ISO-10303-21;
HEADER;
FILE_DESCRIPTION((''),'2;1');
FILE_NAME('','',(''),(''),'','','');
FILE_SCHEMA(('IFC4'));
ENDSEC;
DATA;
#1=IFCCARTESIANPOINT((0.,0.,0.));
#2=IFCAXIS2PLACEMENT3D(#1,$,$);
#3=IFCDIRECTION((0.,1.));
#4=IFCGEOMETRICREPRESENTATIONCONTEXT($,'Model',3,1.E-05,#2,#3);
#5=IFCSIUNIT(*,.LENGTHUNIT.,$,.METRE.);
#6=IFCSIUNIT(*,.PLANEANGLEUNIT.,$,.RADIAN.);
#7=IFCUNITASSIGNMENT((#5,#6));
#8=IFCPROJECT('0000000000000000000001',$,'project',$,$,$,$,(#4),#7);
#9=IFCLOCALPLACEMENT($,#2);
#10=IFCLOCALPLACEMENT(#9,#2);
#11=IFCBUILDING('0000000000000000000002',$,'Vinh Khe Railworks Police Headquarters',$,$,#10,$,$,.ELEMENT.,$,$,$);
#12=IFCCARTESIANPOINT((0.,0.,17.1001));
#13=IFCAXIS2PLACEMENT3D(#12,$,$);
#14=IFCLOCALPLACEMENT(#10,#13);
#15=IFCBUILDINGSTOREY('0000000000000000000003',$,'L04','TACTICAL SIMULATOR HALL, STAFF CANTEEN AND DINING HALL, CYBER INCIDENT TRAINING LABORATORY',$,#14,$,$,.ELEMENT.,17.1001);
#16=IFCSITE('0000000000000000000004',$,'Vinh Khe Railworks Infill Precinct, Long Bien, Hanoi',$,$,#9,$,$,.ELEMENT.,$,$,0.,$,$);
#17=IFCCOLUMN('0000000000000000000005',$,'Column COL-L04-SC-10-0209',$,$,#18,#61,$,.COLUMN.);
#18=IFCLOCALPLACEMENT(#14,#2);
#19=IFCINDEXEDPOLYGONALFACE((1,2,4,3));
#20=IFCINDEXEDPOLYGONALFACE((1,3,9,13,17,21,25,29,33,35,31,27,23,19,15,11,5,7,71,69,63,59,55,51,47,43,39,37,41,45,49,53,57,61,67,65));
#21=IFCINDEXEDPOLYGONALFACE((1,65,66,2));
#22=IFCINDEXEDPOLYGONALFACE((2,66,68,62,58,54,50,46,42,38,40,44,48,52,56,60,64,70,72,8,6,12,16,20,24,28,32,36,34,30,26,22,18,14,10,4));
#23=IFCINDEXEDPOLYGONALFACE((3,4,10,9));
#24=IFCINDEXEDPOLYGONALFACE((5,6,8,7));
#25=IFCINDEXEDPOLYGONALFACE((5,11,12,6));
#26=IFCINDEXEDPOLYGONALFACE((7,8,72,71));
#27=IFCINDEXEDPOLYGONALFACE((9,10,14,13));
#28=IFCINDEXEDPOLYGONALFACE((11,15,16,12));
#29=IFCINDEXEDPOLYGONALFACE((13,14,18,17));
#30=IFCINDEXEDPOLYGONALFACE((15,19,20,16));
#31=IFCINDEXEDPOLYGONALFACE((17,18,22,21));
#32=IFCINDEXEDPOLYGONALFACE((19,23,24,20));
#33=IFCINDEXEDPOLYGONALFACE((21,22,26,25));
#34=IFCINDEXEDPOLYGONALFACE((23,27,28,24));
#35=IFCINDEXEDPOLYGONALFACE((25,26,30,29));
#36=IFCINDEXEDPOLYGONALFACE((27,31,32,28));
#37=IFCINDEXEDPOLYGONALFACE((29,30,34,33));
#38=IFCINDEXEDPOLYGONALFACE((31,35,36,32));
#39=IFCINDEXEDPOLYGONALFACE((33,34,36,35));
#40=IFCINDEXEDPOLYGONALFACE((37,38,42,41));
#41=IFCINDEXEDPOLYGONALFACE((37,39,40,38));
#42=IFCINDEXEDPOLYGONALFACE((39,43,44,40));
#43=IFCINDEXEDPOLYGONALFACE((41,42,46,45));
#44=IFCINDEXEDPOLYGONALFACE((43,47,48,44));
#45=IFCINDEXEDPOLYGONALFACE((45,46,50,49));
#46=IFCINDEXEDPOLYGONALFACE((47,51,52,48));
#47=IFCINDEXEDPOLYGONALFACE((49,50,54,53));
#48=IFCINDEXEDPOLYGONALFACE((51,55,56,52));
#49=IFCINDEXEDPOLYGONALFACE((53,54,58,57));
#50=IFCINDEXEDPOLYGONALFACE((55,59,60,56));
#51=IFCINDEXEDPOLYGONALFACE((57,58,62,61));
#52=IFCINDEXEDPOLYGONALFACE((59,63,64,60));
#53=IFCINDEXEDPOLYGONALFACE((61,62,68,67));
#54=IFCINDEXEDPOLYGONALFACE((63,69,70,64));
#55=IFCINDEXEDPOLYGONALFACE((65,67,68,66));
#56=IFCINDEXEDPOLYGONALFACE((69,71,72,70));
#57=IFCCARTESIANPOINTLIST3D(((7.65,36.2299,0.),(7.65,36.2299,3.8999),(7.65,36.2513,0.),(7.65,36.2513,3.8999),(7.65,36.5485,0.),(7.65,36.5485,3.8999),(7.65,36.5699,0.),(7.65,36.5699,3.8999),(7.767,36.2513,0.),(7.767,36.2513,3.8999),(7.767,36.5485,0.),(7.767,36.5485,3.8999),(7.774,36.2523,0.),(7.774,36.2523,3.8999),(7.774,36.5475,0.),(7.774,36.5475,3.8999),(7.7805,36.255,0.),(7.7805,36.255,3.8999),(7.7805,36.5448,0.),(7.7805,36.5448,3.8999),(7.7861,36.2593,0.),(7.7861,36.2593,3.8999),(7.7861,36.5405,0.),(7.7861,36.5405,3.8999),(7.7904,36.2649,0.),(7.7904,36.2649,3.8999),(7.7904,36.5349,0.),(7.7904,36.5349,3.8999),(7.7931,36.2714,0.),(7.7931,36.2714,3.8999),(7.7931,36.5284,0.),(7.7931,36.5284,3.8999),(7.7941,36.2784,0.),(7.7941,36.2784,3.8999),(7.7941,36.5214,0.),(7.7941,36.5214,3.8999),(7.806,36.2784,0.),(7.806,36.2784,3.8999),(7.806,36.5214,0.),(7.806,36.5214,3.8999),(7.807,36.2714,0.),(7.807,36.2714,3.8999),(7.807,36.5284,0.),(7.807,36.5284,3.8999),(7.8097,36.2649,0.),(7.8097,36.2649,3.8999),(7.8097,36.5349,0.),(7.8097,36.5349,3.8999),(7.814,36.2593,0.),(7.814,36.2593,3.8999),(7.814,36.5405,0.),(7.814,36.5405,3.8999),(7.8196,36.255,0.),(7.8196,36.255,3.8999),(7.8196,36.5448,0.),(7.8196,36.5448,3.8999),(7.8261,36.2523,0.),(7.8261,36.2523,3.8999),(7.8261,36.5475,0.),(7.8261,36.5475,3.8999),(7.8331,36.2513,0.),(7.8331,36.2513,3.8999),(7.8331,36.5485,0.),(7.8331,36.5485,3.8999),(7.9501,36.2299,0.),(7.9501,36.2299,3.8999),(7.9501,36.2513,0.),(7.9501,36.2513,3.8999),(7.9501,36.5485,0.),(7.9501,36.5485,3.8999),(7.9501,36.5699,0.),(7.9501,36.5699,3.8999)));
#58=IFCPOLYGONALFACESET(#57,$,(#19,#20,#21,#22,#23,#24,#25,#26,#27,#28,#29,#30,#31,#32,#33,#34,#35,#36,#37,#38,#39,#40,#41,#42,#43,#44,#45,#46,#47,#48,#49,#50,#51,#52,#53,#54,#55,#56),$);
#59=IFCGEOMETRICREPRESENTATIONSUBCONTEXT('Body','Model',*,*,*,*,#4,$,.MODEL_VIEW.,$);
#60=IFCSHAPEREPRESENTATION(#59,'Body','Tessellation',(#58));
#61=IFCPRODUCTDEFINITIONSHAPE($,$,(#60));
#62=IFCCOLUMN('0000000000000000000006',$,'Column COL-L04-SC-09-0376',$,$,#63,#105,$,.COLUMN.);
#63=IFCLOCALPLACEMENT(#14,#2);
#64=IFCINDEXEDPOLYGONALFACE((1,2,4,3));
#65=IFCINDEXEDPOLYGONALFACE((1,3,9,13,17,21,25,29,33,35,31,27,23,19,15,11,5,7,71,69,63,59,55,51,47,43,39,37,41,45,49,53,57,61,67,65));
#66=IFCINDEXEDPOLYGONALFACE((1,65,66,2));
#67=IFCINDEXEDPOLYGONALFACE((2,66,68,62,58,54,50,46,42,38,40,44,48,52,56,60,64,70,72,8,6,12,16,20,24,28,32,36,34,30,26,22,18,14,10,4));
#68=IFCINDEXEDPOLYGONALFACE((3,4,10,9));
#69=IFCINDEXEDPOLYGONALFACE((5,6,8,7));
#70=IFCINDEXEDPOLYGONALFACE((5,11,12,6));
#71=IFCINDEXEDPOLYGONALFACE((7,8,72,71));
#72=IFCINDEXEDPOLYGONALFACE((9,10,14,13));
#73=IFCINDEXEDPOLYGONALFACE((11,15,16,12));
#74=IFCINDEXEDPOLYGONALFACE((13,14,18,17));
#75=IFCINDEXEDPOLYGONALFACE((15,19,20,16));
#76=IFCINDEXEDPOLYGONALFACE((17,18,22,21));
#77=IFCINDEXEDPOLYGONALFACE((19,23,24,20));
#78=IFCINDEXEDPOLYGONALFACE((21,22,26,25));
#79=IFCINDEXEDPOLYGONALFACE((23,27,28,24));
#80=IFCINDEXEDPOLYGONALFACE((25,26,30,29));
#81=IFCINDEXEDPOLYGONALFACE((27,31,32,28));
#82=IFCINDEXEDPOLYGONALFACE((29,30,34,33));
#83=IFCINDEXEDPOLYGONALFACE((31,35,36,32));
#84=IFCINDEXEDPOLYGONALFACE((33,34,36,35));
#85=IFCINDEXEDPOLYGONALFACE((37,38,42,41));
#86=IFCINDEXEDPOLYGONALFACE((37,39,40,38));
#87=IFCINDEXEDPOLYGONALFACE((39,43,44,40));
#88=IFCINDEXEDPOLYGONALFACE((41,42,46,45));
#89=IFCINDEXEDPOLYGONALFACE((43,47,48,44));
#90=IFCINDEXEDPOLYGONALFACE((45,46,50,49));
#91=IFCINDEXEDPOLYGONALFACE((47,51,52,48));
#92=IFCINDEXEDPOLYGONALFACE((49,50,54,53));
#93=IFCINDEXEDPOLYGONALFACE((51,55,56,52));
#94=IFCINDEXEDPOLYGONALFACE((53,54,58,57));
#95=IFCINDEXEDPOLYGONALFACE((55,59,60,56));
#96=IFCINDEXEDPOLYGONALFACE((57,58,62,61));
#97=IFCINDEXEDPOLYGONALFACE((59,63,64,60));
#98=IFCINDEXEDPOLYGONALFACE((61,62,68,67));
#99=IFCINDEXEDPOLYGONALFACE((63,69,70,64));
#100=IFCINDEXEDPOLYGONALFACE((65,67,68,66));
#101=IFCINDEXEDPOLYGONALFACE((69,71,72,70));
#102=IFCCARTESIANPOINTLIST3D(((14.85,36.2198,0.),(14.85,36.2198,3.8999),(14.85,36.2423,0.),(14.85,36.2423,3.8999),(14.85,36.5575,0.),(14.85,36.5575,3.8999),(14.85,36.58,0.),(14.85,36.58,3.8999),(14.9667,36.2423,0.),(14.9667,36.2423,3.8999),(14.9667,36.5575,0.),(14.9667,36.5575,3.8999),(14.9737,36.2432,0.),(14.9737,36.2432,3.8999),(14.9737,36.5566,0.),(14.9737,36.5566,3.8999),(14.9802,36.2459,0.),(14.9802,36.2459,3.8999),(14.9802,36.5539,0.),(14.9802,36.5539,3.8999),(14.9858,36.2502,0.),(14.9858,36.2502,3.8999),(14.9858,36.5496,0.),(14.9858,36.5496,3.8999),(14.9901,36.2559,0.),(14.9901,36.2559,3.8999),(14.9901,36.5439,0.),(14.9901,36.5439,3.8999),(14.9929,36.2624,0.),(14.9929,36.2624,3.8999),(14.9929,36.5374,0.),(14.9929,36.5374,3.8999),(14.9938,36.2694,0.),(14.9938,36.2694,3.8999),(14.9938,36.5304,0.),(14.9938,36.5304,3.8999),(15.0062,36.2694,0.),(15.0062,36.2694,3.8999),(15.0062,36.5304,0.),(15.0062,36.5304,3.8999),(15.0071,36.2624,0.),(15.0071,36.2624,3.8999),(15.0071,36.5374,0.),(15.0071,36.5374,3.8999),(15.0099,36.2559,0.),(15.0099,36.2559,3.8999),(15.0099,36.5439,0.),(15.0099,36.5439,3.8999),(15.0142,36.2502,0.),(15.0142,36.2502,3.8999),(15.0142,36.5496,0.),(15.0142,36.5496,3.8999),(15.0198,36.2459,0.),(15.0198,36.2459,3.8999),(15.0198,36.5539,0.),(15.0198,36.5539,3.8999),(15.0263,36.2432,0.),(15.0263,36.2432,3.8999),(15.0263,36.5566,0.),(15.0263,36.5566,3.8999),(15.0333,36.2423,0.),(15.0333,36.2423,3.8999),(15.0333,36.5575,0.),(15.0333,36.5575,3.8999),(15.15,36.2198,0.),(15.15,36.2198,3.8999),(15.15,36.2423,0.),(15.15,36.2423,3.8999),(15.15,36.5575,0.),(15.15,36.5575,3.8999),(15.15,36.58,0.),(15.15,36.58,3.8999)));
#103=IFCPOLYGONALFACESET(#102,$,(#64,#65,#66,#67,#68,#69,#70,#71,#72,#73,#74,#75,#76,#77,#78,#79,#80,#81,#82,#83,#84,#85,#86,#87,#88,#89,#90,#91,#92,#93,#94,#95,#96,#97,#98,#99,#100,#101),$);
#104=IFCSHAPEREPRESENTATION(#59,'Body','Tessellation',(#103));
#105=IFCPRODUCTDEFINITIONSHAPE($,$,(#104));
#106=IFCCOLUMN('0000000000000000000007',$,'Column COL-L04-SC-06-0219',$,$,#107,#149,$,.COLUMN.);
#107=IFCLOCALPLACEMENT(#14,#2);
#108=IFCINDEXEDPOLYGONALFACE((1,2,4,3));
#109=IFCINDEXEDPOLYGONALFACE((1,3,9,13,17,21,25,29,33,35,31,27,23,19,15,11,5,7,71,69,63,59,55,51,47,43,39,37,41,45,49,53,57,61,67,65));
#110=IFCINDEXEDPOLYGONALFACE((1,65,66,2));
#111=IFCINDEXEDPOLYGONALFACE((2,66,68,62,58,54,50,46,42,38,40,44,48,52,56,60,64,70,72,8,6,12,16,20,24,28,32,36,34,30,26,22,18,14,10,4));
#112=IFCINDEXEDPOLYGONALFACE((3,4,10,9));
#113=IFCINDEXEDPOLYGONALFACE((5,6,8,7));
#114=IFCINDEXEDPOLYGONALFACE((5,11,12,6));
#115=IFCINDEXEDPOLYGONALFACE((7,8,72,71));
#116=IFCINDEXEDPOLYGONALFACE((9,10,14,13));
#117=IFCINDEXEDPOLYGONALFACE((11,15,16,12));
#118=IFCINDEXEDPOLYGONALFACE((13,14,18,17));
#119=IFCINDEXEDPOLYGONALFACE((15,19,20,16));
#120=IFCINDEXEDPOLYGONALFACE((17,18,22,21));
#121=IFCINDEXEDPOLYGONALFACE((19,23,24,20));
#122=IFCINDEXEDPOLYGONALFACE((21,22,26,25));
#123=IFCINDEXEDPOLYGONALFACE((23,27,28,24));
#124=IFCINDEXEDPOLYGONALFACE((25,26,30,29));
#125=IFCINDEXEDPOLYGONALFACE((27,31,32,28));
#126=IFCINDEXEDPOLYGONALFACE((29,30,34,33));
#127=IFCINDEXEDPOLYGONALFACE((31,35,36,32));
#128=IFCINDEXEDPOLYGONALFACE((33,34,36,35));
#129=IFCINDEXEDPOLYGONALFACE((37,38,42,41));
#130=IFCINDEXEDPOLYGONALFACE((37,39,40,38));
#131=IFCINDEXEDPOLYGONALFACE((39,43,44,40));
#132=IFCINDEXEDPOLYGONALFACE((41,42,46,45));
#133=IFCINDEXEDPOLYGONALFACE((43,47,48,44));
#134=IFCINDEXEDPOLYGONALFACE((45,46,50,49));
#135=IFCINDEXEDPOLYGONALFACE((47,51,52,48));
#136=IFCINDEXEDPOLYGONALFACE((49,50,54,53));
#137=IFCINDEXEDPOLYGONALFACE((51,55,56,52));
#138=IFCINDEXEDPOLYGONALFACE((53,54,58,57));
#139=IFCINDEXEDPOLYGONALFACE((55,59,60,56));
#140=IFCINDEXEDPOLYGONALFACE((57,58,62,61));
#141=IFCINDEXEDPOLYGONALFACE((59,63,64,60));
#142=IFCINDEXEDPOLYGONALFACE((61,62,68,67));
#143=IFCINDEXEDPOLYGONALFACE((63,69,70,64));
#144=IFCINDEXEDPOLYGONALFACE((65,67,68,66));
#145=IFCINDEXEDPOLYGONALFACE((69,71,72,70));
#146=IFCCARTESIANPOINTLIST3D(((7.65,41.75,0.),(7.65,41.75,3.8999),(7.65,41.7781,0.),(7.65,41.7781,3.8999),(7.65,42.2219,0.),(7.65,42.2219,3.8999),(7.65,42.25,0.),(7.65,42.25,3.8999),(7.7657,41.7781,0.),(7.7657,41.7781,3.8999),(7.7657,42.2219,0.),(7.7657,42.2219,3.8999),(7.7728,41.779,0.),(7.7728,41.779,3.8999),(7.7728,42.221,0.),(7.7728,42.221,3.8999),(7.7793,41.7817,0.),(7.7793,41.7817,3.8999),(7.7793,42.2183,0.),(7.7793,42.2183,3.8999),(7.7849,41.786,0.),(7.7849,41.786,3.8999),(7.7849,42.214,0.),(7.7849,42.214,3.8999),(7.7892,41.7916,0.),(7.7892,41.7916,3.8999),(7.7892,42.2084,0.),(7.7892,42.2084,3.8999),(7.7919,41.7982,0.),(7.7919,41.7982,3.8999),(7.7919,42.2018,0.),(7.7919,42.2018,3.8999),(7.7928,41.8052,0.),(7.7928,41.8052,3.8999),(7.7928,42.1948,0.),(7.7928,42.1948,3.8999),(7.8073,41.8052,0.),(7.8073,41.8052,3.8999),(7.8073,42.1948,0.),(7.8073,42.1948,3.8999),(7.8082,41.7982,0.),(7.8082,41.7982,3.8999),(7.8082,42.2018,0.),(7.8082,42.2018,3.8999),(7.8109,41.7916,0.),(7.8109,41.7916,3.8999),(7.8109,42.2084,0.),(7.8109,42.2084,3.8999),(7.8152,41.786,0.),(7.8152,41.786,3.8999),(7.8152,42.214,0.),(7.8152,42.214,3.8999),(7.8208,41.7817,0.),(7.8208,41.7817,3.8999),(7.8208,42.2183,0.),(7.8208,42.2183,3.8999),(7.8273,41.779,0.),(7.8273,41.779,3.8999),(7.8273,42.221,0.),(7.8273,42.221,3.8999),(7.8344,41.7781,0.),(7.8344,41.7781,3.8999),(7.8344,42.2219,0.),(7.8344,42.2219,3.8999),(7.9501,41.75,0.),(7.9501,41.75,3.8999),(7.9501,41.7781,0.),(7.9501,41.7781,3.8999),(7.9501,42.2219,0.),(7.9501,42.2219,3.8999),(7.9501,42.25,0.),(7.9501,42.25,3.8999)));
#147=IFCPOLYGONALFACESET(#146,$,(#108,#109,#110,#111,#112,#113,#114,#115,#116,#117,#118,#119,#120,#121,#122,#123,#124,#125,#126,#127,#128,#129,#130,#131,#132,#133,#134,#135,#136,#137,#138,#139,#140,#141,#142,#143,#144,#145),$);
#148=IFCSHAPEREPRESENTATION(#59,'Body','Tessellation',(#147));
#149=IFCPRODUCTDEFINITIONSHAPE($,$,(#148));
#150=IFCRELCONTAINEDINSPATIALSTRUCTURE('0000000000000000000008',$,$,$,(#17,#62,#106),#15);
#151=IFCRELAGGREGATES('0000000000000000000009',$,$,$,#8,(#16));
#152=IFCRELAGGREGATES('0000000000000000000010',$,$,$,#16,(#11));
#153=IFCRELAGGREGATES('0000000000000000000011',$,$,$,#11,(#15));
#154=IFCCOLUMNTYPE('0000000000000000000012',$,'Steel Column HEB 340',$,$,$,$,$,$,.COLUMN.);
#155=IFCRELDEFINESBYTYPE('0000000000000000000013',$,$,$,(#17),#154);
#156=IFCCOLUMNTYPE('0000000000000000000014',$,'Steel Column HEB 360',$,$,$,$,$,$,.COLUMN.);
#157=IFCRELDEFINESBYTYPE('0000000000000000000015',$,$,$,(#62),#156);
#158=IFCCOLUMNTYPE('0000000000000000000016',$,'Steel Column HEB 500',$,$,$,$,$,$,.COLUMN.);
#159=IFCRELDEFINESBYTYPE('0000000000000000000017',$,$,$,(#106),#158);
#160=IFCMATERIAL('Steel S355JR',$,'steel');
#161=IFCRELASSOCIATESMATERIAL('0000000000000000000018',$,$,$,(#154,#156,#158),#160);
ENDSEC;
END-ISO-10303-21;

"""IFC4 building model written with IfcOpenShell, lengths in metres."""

from ifc_helpers import new_model, si_unit, direction, frame, origin, origin_2d, place, context, subcontext, project, spatial, i_section, extrude, material, material_profile, profile_set, type_object, element, save


model = new_model("IFC4")

# Units and contexts
model_context = context("Model", 3, precision=1e-05, world=origin(), true_north=direction((0.0, 1.0)))
body_context = subcontext(model_context, "Body", "Model", "MODEL_VIEW")
ifc_project = project(units=[si_unit("LENGTHUNIT", "METRE"), si_unit("PLANEANGLEUNIT", "RADIAN")], contexts=[model_context])

# Site, building, storey
site_placement = place(None, origin())
site = spatial("IfcSite", under=ifc_project, at=site_placement, Name="Vinh Khe Railworks Infill Precinct, Long Bien, Hanoi", CompositionType="ELEMENT", RefElevation=0.0)
building_placement = place(site_placement, origin())
building = spatial("IfcBuilding", under=site, at=building_placement, Name="Vinh Khe Railworks Police Headquarters", CompositionType="ELEMENT")
storey_placement = place(building_placement, frame((0.0, 0.0, 17.1001)))
storey = spatial("IfcBuildingStorey", under=building, at=storey_placement, Name="L04", Description="TACTICAL SIMULATOR HALL, STAFF CANTEEN AND DINING HALL, CYBER INCIDENT TRAINING LABORATORY", CompositionType="ELEMENT", Elevation=17.1001)

# Columns
ifc_material_1 = material(Name="Steel S355JR", Category="steel")
ifc_material_profile_1 = material_profile(ifc_material_1, i_section(OverallWidth=0.3, OverallDepth=0.3401, WebThickness=0.012, FlangeThickness=0.0215, FilletRadius=0.0271, at=origin_2d()), Name="HEB 340")
ifc_profile_set_1 = profile_set([ifc_material_profile_1], Name="Steel S355JR")
column_type_1 = type_object("IfcColumnType", Name="Steel Column HEB 340", PredefinedType="COLUMN", material=ifc_profile_set_1)
column_1_placement = place(storey_placement, frame((7.8, 36.3999, 0.0), z_axis=(0.0, 0.0, 1.0), x_axis=(1.0, 0.0, 0.0)))
element("IfcColumn", 1, at=column_1_placement, inside=storey, type_object=column_type_1, Name="Column COL-L04-SC-10-0209", PredefinedType="COLUMN", context=body_context, shape_type="SweptSolid", body=[
    extrude(i_section(OverallWidth=0.3, OverallDepth=0.3401, WebThickness=0.012, FlangeThickness=0.0215, FilletRadius=0.0271, at=origin_2d()), origin(), (0.0, 0.0, 1.0), 3.8999),
])
ifc_material_profile_2 = material_profile(ifc_material_1, i_section(OverallWidth=0.3, OverallDepth=0.3601, WebThickness=0.0125, FlangeThickness=0.0225, FilletRadius=0.0271, at=origin_2d()), Name="HEB 360")
ifc_profile_set_2 = profile_set([ifc_material_profile_2], Name="Steel S355JR")
column_type_2 = type_object("IfcColumnType", Name="Steel Column HEB 360", PredefinedType="COLUMN", material=ifc_profile_set_2)
column_2_placement = place(storey_placement, frame((15.0, 36.3999, 0.0), z_axis=(0.0, 0.0, 1.0), x_axis=(1.0, 0.0, 0.0)))
element("IfcColumn", 2, at=column_2_placement, inside=storey, type_object=column_type_2, Name="Column COL-L04-SC-09-0376", PredefinedType="COLUMN", context=body_context, shape_type="SweptSolid", body=[
    extrude(i_section(OverallWidth=0.3, OverallDepth=0.3601, WebThickness=0.0125, FlangeThickness=0.0225, FilletRadius=0.0271, at=origin_2d()), origin(), (0.0, 0.0, 1.0), 3.8999),
])
ifc_material_profile_3 = material_profile(ifc_material_1, i_section(OverallWidth=0.3, OverallDepth=0.5, WebThickness=0.0144, FlangeThickness=0.0281, FilletRadius=0.0271, at=origin_2d()), Name="HEB 500")
ifc_profile_set_3 = profile_set([ifc_material_profile_3], Name="Steel S355JR")
column_type_3 = type_object("IfcColumnType", Name="Steel Column HEB 500", PredefinedType="COLUMN", material=ifc_profile_set_3)
column_3_placement = place(storey_placement, frame((7.8, 42.0, 0.0), z_axis=(0.0, 0.0, 1.0), x_axis=(1.0, 0.0, 0.0)))
element("IfcColumn", 3, at=column_3_placement, inside=storey, type_object=column_type_3, Name="Column COL-L04-SC-06-0219", PredefinedType="COLUMN", context=body_context, shape_type="SweptSolid", body=[
    extrude(i_section(OverallWidth=0.3, OverallDepth=0.5, WebThickness=0.0144, FlangeThickness=0.0281, FilletRadius=0.0271, at=origin_2d()), origin(), (0.0, 0.0, 1.0), 3.8999),
])

save(model, "model.ifc")
